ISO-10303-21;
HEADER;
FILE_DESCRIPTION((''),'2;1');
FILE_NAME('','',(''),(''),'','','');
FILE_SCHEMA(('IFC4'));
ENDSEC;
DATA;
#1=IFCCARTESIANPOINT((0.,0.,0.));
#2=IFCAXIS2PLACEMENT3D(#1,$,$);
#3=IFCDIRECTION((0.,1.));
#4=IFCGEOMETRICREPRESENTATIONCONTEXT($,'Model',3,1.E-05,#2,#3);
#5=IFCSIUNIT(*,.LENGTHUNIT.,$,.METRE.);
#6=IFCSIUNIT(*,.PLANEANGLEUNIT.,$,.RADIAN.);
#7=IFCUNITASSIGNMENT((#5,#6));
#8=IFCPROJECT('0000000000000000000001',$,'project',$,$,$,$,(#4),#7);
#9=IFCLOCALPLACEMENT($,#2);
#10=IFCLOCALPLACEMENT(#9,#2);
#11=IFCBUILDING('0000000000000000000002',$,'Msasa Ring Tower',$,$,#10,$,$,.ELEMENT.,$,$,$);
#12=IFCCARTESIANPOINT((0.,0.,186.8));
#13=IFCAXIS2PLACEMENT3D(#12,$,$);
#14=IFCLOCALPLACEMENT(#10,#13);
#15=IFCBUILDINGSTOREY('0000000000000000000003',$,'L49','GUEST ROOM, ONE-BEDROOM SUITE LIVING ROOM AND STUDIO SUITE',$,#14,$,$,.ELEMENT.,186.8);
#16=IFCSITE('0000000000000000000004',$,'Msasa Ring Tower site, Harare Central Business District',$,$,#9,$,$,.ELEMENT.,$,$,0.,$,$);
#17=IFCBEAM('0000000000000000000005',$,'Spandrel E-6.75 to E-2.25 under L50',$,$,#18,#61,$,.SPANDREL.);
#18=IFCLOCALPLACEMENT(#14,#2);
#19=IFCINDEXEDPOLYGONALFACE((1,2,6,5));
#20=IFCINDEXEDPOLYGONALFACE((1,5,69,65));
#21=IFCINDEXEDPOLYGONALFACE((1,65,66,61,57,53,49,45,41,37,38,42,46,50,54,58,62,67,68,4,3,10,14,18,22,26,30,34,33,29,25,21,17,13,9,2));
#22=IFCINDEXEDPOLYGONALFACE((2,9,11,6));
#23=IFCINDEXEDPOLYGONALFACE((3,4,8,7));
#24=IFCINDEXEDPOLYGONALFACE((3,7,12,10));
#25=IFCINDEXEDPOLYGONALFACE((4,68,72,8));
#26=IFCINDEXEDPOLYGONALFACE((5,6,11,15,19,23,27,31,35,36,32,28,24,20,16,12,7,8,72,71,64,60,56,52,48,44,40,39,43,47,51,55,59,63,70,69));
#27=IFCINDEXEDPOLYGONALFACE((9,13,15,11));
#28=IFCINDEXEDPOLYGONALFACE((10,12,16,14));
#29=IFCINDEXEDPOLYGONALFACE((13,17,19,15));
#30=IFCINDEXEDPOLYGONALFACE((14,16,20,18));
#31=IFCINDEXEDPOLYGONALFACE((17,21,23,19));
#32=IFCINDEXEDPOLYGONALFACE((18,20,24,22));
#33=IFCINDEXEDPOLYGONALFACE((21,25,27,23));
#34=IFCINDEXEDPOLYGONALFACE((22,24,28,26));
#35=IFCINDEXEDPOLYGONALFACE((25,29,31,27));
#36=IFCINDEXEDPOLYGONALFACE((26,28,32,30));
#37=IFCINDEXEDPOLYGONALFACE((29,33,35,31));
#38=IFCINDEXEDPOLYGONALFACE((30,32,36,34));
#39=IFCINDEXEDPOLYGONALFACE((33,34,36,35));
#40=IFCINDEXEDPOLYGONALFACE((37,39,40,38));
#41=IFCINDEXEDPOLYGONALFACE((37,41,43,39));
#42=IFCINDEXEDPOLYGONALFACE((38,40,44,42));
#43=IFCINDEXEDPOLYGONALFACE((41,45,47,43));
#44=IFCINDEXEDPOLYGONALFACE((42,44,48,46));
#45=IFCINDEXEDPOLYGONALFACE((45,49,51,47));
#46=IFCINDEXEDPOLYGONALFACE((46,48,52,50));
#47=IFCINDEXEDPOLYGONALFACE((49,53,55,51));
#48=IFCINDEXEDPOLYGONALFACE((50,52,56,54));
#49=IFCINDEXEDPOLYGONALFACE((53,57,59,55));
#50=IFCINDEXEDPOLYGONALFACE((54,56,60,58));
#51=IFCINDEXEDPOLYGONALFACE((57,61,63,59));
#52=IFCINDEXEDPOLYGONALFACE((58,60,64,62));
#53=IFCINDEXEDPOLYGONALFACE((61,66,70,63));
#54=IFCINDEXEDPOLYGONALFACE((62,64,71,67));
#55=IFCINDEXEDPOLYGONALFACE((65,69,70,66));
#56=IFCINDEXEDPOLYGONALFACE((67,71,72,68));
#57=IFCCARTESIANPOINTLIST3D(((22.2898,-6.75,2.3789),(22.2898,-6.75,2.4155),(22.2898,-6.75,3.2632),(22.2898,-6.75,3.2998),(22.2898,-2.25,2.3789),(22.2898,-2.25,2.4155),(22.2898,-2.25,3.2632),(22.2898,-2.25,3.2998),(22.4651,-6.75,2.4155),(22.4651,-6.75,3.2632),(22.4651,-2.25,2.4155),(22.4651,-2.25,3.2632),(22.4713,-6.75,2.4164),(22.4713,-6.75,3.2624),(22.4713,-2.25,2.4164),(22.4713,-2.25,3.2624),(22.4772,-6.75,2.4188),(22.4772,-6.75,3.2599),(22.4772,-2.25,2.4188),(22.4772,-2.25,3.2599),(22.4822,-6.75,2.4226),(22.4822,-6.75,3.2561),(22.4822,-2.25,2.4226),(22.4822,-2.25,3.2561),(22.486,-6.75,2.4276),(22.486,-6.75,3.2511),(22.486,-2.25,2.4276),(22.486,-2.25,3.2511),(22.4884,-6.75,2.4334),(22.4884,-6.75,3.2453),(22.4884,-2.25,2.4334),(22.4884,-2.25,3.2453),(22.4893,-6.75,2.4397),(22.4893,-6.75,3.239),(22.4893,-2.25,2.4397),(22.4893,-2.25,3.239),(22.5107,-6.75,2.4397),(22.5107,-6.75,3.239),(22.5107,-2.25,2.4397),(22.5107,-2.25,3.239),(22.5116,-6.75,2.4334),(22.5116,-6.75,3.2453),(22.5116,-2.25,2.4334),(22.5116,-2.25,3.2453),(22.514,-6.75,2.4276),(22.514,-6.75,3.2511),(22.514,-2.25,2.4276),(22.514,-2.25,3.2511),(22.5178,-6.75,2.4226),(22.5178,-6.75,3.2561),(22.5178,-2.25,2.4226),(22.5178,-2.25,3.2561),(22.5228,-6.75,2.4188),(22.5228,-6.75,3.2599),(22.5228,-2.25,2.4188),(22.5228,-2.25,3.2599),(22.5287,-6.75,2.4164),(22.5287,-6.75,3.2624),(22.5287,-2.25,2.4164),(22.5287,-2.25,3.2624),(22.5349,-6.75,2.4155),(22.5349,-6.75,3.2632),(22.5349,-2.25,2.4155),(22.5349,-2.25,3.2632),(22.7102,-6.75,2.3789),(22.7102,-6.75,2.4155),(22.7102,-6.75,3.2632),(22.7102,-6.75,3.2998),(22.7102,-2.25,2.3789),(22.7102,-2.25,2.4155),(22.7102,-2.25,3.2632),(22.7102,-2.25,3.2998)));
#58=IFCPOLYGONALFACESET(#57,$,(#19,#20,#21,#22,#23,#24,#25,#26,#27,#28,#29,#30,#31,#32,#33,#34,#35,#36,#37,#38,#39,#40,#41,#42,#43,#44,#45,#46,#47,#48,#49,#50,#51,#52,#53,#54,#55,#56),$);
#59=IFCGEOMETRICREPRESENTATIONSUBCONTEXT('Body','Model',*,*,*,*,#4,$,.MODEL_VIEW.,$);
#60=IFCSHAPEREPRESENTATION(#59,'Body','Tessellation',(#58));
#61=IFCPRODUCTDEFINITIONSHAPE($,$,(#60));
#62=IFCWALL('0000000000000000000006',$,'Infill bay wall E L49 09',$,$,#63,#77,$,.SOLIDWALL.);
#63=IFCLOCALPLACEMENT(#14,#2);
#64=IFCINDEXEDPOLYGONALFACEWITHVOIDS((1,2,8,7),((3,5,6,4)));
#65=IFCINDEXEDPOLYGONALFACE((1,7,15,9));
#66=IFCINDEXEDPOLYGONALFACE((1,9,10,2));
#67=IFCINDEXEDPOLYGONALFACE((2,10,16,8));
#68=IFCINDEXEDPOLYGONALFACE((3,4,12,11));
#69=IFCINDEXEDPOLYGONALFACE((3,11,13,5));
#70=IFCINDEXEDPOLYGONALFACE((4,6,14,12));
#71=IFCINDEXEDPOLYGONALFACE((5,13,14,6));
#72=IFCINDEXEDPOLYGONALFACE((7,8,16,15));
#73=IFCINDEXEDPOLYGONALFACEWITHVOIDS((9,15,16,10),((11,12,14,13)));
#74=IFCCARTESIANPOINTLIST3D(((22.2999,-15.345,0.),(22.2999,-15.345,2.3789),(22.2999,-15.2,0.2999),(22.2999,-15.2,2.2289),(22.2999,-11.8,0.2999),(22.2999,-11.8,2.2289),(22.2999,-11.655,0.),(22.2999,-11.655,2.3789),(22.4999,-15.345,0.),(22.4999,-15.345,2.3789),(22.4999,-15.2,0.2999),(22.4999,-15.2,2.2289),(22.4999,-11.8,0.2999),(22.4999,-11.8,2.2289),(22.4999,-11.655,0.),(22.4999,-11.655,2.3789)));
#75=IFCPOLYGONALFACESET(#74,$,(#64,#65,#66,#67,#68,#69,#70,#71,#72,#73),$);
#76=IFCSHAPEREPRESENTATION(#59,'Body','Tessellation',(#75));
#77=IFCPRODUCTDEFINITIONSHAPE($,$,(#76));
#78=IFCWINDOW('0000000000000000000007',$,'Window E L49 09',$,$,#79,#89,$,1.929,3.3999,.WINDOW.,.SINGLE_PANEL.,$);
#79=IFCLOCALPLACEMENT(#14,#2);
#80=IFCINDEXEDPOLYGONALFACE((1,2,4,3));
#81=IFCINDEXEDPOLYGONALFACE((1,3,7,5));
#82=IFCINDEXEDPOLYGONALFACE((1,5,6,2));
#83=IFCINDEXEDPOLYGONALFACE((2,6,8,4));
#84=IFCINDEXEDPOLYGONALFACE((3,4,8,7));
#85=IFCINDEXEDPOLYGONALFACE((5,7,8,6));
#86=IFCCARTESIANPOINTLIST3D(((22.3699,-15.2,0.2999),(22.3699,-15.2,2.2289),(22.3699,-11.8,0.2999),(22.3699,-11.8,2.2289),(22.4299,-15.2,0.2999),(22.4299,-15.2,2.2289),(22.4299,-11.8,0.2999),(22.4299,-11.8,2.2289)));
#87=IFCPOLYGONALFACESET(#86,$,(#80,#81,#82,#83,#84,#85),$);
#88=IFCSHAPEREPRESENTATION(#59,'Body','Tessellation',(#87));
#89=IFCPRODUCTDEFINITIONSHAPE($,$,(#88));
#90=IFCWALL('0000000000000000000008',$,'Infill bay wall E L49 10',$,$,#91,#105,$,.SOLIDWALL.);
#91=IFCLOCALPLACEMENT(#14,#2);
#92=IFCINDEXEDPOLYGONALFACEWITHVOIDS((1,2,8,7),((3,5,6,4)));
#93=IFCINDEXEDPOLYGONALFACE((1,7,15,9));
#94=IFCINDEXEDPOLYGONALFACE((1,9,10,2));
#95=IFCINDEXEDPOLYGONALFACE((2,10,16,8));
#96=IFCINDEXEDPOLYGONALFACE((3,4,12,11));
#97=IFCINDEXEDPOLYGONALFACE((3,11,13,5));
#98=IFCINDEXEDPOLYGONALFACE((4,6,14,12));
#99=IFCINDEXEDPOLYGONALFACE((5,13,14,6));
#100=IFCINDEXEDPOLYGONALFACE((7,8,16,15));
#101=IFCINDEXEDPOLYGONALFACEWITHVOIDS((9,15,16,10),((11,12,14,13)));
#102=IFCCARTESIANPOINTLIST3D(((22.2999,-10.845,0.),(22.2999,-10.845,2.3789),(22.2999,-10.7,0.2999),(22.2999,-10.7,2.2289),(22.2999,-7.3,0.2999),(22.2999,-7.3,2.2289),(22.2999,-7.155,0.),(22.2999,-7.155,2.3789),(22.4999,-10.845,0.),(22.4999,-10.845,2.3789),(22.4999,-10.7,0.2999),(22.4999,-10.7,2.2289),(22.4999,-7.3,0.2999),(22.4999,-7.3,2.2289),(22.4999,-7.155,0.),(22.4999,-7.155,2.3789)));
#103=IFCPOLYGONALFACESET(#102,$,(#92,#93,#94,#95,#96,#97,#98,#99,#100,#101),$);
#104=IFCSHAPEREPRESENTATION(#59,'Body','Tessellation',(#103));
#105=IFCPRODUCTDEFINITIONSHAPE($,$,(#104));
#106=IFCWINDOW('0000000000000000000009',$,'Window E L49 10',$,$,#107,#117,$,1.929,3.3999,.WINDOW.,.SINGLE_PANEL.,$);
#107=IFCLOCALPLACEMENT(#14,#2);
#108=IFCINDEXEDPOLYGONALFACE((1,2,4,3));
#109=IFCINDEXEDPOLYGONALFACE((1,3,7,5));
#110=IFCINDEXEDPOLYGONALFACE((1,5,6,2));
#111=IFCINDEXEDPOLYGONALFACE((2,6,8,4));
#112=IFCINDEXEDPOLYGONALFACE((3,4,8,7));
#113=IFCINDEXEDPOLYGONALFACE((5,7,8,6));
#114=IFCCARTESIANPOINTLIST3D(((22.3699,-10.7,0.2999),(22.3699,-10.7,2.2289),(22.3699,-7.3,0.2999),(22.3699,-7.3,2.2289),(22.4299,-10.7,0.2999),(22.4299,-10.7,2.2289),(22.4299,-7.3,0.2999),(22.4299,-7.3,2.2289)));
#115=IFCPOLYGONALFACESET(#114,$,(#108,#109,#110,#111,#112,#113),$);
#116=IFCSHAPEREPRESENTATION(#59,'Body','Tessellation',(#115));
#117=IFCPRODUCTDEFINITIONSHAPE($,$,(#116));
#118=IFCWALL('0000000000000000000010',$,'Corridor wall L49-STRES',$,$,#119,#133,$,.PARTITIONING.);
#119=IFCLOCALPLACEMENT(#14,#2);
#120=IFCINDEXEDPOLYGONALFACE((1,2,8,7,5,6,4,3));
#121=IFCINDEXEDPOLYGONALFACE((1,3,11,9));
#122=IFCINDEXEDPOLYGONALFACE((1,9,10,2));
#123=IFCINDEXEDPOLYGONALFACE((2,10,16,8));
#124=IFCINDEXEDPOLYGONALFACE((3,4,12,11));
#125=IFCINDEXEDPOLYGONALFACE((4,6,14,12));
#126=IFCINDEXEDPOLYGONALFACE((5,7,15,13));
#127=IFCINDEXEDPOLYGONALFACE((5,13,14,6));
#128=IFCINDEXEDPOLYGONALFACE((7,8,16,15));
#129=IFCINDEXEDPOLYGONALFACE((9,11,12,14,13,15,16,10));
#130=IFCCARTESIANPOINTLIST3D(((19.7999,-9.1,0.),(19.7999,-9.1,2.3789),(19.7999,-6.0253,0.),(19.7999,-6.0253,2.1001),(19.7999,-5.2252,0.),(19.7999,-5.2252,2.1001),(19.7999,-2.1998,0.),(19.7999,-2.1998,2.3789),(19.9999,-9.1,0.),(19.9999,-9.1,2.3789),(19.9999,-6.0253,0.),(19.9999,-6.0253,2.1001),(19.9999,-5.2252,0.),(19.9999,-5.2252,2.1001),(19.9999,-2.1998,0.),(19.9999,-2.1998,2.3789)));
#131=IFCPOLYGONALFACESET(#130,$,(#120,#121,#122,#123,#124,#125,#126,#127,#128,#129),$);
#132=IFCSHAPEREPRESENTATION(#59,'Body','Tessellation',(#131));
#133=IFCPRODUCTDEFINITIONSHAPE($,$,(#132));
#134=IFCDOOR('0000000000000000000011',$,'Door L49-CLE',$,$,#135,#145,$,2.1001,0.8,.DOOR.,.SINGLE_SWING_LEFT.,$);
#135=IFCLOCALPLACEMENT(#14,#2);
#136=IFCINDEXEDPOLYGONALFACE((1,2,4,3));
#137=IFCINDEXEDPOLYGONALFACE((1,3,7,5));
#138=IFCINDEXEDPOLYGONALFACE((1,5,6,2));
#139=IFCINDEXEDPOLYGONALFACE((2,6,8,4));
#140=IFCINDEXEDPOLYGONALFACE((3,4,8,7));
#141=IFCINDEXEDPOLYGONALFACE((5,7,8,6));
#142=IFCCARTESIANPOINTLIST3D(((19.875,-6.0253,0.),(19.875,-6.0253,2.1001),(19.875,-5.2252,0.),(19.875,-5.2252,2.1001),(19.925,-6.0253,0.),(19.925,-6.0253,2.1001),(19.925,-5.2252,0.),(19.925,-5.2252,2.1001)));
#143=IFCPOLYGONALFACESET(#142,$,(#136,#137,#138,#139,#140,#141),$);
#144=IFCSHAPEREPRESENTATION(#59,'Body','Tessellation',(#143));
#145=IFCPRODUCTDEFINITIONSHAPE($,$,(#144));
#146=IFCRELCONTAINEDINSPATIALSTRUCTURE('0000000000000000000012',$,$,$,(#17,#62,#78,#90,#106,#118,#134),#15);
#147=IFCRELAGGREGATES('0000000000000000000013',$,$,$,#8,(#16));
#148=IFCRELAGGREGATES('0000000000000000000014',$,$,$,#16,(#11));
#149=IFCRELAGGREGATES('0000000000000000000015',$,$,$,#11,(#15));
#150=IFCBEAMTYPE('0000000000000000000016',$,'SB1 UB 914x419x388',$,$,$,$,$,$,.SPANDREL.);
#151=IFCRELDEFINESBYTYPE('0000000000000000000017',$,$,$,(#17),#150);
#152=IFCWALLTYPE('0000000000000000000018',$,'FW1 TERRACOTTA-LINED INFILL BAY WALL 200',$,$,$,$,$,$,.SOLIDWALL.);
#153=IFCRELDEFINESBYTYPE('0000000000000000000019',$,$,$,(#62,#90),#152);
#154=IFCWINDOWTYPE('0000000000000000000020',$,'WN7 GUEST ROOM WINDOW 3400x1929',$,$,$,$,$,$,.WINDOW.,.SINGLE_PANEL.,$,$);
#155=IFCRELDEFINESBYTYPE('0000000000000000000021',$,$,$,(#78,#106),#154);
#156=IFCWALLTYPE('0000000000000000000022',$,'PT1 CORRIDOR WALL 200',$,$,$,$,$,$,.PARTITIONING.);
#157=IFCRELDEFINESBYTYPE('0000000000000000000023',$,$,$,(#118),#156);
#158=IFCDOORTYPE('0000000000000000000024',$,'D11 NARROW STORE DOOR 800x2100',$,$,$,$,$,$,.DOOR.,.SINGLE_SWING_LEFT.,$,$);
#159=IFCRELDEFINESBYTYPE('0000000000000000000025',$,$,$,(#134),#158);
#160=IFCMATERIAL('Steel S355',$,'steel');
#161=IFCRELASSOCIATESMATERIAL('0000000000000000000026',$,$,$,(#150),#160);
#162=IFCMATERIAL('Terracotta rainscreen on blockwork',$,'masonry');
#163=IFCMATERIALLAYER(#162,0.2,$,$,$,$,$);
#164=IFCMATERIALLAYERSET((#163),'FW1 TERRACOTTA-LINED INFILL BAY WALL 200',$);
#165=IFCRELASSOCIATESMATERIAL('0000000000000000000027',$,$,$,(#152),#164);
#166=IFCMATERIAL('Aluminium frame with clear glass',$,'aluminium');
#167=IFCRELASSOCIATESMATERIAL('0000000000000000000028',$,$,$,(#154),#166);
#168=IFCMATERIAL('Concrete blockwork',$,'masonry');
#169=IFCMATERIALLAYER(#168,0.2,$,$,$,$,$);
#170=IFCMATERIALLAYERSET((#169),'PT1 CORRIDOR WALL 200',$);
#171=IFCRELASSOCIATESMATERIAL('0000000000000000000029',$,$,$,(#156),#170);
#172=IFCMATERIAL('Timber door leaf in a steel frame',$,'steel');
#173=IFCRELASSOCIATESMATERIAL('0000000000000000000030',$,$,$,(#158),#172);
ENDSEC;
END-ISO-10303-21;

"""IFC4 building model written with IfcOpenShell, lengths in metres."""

from ifc_helpers import new_model, si_unit, direction, frame, frame_2d, origin, origin_2d, place, context, subcontext, project, spatial, rectangle, i_section, extrude, material, layer, layer_set, material_profile, profile_set, type_object, element, fill, save


model = new_model("IFC4")

# Units and contexts
model_context = context("Model", 3, precision=1e-05, world=origin(), true_north=direction((0.0, 1.0)))
body_context = subcontext(model_context, "Body", "Model", "MODEL_VIEW")
ifc_project = project(units=[si_unit("LENGTHUNIT", "METRE"), si_unit("PLANEANGLEUNIT", "RADIAN")], contexts=[model_context])

# Site, building, storey
site_placement = place(None, origin())
site = spatial("IfcSite", under=ifc_project, at=site_placement, Name="Msasa Ring Tower site, Harare Central Business District", CompositionType="ELEMENT", RefElevation=0.0)
building_placement = place(site_placement, origin())
building = spatial("IfcBuilding", under=site, at=building_placement, Name="Msasa Ring Tower", CompositionType="ELEMENT")
storey_placement = place(building_placement, frame((0.0, 0.0, 186.8)))
storey = spatial("IfcBuildingStorey", under=building, at=storey_placement, Name="L49", Description="GUEST ROOM, ONE-BEDROOM SUITE LIVING ROOM AND STUDIO SUITE", CompositionType="ELEMENT", Elevation=186.8)

# Beam
ifc_material_1 = material(Name="Steel S355", Category="steel")
ifc_material_profile_1 = material_profile(ifc_material_1, i_section(OverallWidth=0.4204, OverallDepth=0.9209, WebThickness=0.0215, FlangeThickness=0.0366, FilletRadius=0.0242, at=origin_2d()), Name="UB 914x419x388")
ifc_profile_set_1 = profile_set([ifc_material_profile_1], Name="Steel S355")
beam_type_1 = type_object("IfcBeamType", Name="SB1 UB 914x419x388", PredefinedType="SPANDREL", material=ifc_profile_set_1)
for number, where, z_axis, x_axis, name in (
    (1, (22.5, -6.75, 2.8394), (0.0, 1.0, 0.0), (-1.0, 0.0, 0.0), "Spandrel E-6.75 to E-2.25 under L50"),
):
    element("IfcBeam", number, at=place(storey_placement, frame(where, z_axis=z_axis, x_axis=x_axis)), inside=storey, type_object=beam_type_1, Name=name, PredefinedType="SPANDREL", context=body_context, shape_type="SweptSolid", body=[
        extrude(i_section(OverallWidth=0.4204, OverallDepth=0.9209, WebThickness=0.0215, FlangeThickness=0.0366, FilletRadius=0.0242, at=origin_2d()), origin(), (0.0, 0.0, 1.0), 4.5),
    ])

# Walls, openings, windows
ifc_material_2 = material(Name="Terracotta rainscreen on blockwork", Category="masonry")
ifc_layer_1 = layer(ifc_material_2, 0.2)
ifc_layer_set_1 = layer_set([ifc_layer_1], Name="FW1 TERRACOTTA-LINED INFILL BAY WALL 200")
wall_type_1 = type_object("IfcWallType", Name="FW1 TERRACOTTA-LINED INFILL BAY WALL 200", PredefinedType="SOLIDWALL", material=ifc_layer_set_1)
wall_1_placement = place(storey_placement, frame((22.3999, -15.345, 0.0), z_axis=(0.0, 0.0, 1.0), x_axis=(0.0, 1.0, 0.0)))
wall_1 = element("IfcWall", 2, at=wall_1_placement, inside=storey, type_object=wall_type_1, Name="Infill bay wall E L49 09", PredefinedType="SOLIDWALL", context=body_context, shape_type="SweptSolid", body=[
    extrude(rectangle(XDim=3.6899, YDim=0.2, at=frame_2d((1.845, 0.0))), origin(), (0.0, 0.0, 1.0), 2.3789),
])
opening_1_placement = place(wall_1_placement, frame((0.145, 0.0, 0.3)))
opening_1 = element("IfcOpeningElement", 3, at=opening_1_placement, cuts=wall_1, PredefinedType="OPENING", context=body_context, shape_type="SweptSolid", body=[
    extrude(rectangle(XDim=3.3999, YDim=1.929, at=frame_2d((1.7, 0.9644))), frame((0.0, 0.1099, 0.0), z_axis=(0.0, -1.0, 0.0), x_axis=(1.0, 0.0, 0.0)), (0.0, 0.0, 1.0), 0.22),
])
ifc_material_3 = material(Name="Aluminium frame with clear glass", Category="aluminium")
window_type = type_object("IfcWindowType", Name="WN7 GUEST ROOM WINDOW 3400x1929", PartitioningType="SINGLE_PANEL", PredefinedType="WINDOW", material=ifc_material_3)
window_1_placement = place(opening_1_placement, origin())
window_1 = element("IfcWindow", 4, at=window_1_placement, inside=storey, type_object=window_type, Name="Window E L49 09", OverallHeight=1.929, OverallWidth=3.3999, PartitioningType="SINGLE_PANEL", PredefinedType="WINDOW", context=body_context, shape_type="SweptSolid", body=[
    extrude(rectangle(XDim=3.3999, YDim=1.929, at=frame_2d((1.7, 0.9644))), frame((0.0, 0.03, 0.0), z_axis=(0.0, -1.0, 0.0), x_axis=(1.0, 0.0, 0.0)), (0.0, 0.0, 1.0), 0.0601),
])
fill(opening_1, window_1)
wall_2_placement = place(storey_placement, frame((22.3999, -10.845, 0.0), z_axis=(0.0, 0.0, 1.0), x_axis=(0.0, 1.0, 0.0)))
wall_2 = element("IfcWall", 5, at=wall_2_placement, inside=storey, type_object=wall_type_1, Name="Infill bay wall E L49 10", PredefinedType="SOLIDWALL", context=body_context, shape_type="SweptSolid", body=[
    extrude(rectangle(XDim=3.6899, YDim=0.2, at=frame_2d((1.845, 0.0))), origin(), (0.0, 0.0, 1.0), 2.3789),
])
opening_2_placement = place(wall_2_placement, frame((0.145, 0.0, 0.3)))
opening_2 = element("IfcOpeningElement", 6, at=opening_2_placement, cuts=wall_2, PredefinedType="OPENING", context=body_context, shape_type="SweptSolid", body=[
    extrude(rectangle(XDim=3.3999, YDim=1.929, at=frame_2d((1.7, 0.9644))), frame((0.0, 0.1099, 0.0), z_axis=(0.0, -1.0, 0.0), x_axis=(1.0, 0.0, 0.0)), (0.0, 0.0, 1.0), 0.22),
])
window_2_placement = place(opening_2_placement, origin())
window_2 = element("IfcWindow", 7, at=window_2_placement, inside=storey, type_object=window_type, Name="Window E L49 10", OverallHeight=1.929, OverallWidth=3.3999, PartitioningType="SINGLE_PANEL", PredefinedType="WINDOW", context=body_context, shape_type="SweptSolid", body=[
    extrude(rectangle(XDim=3.3999, YDim=1.929, at=frame_2d((1.7, 0.9644))), frame((0.0, 0.03, 0.0), z_axis=(0.0, -1.0, 0.0), x_axis=(1.0, 0.0, 0.0)), (0.0, 0.0, 1.0), 0.0601),
])
fill(opening_2, window_2)

# Wall, opening, door
ifc_material_4 = material(Name="Concrete blockwork", Category="masonry")
ifc_layer_2 = layer(ifc_material_4, 0.2)
ifc_layer_set_2 = layer_set([ifc_layer_2], Name="PT1 CORRIDOR WALL 200")
wall_type_2 = type_object("IfcWallType", Name="PT1 CORRIDOR WALL 200", PredefinedType="PARTITIONING", material=ifc_layer_set_2)
wall_3_placement = place(storey_placement, frame((19.8999, -9.1001, 0.0), z_axis=(0.0, 0.0, 1.0), x_axis=(0.0, 1.0, 0.0)))
wall_3 = element("IfcWall", 8, at=wall_3_placement, inside=storey, type_object=wall_type_2, Name="Corridor wall L49-STRES", PredefinedType="PARTITIONING", context=body_context, shape_type="SweptSolid", body=[
    extrude(rectangle(XDim=6.9001, YDim=0.2, at=frame_2d((3.4502, 0.0))), origin(), (0.0, 0.0, 1.0), 2.3789),
])
opening_3_placement = place(wall_3_placement, frame((3.075, 0.0, 0.0)))
opening_3 = element("IfcOpeningElement", 9, at=opening_3_placement, cuts=wall_3, PredefinedType="OPENING", context=body_context, shape_type="SweptSolid", body=[
    extrude(rectangle(XDim=0.8, YDim=2.1001, at=frame_2d((0.3999, 1.05))), frame((0.0, 0.1099, 0.0), z_axis=(0.0, -1.0, 0.0), x_axis=(1.0, 0.0, 0.0)), (0.0, 0.0, 1.0), 0.22),
])
ifc_material_5 = material(Name="Timber door leaf in a steel frame", Category="steel")
door_type_1 = type_object("IfcDoorType", Name="D11 NARROW STORE DOOR 800x2100", OperationType="SINGLE_SWING_LEFT", PredefinedType="DOOR", material=ifc_material_5)
door_1_placement = place(opening_3_placement, origin())
door_1 = element("IfcDoor", 10, at=door_1_placement, inside=storey, type_object=door_type_1, Name="Door L49-CLE", OperationType="SINGLE_SWING_LEFT", OverallHeight=2.1001, OverallWidth=0.8, PredefinedType="DOOR", context=body_context, shape_type="SweptSolid", body=[
    extrude(rectangle(XDim=0.8, YDim=2.1001, at=frame_2d((0.3999, 1.05))), frame((0.0, 0.0249, 0.0), z_axis=(0.0, -1.0, 0.0), x_axis=(1.0, 0.0, 0.0)), (0.0, 0.0, 1.0), 0.05),
])
fill(opening_3, door_1)

save(model, "model.ifc")
